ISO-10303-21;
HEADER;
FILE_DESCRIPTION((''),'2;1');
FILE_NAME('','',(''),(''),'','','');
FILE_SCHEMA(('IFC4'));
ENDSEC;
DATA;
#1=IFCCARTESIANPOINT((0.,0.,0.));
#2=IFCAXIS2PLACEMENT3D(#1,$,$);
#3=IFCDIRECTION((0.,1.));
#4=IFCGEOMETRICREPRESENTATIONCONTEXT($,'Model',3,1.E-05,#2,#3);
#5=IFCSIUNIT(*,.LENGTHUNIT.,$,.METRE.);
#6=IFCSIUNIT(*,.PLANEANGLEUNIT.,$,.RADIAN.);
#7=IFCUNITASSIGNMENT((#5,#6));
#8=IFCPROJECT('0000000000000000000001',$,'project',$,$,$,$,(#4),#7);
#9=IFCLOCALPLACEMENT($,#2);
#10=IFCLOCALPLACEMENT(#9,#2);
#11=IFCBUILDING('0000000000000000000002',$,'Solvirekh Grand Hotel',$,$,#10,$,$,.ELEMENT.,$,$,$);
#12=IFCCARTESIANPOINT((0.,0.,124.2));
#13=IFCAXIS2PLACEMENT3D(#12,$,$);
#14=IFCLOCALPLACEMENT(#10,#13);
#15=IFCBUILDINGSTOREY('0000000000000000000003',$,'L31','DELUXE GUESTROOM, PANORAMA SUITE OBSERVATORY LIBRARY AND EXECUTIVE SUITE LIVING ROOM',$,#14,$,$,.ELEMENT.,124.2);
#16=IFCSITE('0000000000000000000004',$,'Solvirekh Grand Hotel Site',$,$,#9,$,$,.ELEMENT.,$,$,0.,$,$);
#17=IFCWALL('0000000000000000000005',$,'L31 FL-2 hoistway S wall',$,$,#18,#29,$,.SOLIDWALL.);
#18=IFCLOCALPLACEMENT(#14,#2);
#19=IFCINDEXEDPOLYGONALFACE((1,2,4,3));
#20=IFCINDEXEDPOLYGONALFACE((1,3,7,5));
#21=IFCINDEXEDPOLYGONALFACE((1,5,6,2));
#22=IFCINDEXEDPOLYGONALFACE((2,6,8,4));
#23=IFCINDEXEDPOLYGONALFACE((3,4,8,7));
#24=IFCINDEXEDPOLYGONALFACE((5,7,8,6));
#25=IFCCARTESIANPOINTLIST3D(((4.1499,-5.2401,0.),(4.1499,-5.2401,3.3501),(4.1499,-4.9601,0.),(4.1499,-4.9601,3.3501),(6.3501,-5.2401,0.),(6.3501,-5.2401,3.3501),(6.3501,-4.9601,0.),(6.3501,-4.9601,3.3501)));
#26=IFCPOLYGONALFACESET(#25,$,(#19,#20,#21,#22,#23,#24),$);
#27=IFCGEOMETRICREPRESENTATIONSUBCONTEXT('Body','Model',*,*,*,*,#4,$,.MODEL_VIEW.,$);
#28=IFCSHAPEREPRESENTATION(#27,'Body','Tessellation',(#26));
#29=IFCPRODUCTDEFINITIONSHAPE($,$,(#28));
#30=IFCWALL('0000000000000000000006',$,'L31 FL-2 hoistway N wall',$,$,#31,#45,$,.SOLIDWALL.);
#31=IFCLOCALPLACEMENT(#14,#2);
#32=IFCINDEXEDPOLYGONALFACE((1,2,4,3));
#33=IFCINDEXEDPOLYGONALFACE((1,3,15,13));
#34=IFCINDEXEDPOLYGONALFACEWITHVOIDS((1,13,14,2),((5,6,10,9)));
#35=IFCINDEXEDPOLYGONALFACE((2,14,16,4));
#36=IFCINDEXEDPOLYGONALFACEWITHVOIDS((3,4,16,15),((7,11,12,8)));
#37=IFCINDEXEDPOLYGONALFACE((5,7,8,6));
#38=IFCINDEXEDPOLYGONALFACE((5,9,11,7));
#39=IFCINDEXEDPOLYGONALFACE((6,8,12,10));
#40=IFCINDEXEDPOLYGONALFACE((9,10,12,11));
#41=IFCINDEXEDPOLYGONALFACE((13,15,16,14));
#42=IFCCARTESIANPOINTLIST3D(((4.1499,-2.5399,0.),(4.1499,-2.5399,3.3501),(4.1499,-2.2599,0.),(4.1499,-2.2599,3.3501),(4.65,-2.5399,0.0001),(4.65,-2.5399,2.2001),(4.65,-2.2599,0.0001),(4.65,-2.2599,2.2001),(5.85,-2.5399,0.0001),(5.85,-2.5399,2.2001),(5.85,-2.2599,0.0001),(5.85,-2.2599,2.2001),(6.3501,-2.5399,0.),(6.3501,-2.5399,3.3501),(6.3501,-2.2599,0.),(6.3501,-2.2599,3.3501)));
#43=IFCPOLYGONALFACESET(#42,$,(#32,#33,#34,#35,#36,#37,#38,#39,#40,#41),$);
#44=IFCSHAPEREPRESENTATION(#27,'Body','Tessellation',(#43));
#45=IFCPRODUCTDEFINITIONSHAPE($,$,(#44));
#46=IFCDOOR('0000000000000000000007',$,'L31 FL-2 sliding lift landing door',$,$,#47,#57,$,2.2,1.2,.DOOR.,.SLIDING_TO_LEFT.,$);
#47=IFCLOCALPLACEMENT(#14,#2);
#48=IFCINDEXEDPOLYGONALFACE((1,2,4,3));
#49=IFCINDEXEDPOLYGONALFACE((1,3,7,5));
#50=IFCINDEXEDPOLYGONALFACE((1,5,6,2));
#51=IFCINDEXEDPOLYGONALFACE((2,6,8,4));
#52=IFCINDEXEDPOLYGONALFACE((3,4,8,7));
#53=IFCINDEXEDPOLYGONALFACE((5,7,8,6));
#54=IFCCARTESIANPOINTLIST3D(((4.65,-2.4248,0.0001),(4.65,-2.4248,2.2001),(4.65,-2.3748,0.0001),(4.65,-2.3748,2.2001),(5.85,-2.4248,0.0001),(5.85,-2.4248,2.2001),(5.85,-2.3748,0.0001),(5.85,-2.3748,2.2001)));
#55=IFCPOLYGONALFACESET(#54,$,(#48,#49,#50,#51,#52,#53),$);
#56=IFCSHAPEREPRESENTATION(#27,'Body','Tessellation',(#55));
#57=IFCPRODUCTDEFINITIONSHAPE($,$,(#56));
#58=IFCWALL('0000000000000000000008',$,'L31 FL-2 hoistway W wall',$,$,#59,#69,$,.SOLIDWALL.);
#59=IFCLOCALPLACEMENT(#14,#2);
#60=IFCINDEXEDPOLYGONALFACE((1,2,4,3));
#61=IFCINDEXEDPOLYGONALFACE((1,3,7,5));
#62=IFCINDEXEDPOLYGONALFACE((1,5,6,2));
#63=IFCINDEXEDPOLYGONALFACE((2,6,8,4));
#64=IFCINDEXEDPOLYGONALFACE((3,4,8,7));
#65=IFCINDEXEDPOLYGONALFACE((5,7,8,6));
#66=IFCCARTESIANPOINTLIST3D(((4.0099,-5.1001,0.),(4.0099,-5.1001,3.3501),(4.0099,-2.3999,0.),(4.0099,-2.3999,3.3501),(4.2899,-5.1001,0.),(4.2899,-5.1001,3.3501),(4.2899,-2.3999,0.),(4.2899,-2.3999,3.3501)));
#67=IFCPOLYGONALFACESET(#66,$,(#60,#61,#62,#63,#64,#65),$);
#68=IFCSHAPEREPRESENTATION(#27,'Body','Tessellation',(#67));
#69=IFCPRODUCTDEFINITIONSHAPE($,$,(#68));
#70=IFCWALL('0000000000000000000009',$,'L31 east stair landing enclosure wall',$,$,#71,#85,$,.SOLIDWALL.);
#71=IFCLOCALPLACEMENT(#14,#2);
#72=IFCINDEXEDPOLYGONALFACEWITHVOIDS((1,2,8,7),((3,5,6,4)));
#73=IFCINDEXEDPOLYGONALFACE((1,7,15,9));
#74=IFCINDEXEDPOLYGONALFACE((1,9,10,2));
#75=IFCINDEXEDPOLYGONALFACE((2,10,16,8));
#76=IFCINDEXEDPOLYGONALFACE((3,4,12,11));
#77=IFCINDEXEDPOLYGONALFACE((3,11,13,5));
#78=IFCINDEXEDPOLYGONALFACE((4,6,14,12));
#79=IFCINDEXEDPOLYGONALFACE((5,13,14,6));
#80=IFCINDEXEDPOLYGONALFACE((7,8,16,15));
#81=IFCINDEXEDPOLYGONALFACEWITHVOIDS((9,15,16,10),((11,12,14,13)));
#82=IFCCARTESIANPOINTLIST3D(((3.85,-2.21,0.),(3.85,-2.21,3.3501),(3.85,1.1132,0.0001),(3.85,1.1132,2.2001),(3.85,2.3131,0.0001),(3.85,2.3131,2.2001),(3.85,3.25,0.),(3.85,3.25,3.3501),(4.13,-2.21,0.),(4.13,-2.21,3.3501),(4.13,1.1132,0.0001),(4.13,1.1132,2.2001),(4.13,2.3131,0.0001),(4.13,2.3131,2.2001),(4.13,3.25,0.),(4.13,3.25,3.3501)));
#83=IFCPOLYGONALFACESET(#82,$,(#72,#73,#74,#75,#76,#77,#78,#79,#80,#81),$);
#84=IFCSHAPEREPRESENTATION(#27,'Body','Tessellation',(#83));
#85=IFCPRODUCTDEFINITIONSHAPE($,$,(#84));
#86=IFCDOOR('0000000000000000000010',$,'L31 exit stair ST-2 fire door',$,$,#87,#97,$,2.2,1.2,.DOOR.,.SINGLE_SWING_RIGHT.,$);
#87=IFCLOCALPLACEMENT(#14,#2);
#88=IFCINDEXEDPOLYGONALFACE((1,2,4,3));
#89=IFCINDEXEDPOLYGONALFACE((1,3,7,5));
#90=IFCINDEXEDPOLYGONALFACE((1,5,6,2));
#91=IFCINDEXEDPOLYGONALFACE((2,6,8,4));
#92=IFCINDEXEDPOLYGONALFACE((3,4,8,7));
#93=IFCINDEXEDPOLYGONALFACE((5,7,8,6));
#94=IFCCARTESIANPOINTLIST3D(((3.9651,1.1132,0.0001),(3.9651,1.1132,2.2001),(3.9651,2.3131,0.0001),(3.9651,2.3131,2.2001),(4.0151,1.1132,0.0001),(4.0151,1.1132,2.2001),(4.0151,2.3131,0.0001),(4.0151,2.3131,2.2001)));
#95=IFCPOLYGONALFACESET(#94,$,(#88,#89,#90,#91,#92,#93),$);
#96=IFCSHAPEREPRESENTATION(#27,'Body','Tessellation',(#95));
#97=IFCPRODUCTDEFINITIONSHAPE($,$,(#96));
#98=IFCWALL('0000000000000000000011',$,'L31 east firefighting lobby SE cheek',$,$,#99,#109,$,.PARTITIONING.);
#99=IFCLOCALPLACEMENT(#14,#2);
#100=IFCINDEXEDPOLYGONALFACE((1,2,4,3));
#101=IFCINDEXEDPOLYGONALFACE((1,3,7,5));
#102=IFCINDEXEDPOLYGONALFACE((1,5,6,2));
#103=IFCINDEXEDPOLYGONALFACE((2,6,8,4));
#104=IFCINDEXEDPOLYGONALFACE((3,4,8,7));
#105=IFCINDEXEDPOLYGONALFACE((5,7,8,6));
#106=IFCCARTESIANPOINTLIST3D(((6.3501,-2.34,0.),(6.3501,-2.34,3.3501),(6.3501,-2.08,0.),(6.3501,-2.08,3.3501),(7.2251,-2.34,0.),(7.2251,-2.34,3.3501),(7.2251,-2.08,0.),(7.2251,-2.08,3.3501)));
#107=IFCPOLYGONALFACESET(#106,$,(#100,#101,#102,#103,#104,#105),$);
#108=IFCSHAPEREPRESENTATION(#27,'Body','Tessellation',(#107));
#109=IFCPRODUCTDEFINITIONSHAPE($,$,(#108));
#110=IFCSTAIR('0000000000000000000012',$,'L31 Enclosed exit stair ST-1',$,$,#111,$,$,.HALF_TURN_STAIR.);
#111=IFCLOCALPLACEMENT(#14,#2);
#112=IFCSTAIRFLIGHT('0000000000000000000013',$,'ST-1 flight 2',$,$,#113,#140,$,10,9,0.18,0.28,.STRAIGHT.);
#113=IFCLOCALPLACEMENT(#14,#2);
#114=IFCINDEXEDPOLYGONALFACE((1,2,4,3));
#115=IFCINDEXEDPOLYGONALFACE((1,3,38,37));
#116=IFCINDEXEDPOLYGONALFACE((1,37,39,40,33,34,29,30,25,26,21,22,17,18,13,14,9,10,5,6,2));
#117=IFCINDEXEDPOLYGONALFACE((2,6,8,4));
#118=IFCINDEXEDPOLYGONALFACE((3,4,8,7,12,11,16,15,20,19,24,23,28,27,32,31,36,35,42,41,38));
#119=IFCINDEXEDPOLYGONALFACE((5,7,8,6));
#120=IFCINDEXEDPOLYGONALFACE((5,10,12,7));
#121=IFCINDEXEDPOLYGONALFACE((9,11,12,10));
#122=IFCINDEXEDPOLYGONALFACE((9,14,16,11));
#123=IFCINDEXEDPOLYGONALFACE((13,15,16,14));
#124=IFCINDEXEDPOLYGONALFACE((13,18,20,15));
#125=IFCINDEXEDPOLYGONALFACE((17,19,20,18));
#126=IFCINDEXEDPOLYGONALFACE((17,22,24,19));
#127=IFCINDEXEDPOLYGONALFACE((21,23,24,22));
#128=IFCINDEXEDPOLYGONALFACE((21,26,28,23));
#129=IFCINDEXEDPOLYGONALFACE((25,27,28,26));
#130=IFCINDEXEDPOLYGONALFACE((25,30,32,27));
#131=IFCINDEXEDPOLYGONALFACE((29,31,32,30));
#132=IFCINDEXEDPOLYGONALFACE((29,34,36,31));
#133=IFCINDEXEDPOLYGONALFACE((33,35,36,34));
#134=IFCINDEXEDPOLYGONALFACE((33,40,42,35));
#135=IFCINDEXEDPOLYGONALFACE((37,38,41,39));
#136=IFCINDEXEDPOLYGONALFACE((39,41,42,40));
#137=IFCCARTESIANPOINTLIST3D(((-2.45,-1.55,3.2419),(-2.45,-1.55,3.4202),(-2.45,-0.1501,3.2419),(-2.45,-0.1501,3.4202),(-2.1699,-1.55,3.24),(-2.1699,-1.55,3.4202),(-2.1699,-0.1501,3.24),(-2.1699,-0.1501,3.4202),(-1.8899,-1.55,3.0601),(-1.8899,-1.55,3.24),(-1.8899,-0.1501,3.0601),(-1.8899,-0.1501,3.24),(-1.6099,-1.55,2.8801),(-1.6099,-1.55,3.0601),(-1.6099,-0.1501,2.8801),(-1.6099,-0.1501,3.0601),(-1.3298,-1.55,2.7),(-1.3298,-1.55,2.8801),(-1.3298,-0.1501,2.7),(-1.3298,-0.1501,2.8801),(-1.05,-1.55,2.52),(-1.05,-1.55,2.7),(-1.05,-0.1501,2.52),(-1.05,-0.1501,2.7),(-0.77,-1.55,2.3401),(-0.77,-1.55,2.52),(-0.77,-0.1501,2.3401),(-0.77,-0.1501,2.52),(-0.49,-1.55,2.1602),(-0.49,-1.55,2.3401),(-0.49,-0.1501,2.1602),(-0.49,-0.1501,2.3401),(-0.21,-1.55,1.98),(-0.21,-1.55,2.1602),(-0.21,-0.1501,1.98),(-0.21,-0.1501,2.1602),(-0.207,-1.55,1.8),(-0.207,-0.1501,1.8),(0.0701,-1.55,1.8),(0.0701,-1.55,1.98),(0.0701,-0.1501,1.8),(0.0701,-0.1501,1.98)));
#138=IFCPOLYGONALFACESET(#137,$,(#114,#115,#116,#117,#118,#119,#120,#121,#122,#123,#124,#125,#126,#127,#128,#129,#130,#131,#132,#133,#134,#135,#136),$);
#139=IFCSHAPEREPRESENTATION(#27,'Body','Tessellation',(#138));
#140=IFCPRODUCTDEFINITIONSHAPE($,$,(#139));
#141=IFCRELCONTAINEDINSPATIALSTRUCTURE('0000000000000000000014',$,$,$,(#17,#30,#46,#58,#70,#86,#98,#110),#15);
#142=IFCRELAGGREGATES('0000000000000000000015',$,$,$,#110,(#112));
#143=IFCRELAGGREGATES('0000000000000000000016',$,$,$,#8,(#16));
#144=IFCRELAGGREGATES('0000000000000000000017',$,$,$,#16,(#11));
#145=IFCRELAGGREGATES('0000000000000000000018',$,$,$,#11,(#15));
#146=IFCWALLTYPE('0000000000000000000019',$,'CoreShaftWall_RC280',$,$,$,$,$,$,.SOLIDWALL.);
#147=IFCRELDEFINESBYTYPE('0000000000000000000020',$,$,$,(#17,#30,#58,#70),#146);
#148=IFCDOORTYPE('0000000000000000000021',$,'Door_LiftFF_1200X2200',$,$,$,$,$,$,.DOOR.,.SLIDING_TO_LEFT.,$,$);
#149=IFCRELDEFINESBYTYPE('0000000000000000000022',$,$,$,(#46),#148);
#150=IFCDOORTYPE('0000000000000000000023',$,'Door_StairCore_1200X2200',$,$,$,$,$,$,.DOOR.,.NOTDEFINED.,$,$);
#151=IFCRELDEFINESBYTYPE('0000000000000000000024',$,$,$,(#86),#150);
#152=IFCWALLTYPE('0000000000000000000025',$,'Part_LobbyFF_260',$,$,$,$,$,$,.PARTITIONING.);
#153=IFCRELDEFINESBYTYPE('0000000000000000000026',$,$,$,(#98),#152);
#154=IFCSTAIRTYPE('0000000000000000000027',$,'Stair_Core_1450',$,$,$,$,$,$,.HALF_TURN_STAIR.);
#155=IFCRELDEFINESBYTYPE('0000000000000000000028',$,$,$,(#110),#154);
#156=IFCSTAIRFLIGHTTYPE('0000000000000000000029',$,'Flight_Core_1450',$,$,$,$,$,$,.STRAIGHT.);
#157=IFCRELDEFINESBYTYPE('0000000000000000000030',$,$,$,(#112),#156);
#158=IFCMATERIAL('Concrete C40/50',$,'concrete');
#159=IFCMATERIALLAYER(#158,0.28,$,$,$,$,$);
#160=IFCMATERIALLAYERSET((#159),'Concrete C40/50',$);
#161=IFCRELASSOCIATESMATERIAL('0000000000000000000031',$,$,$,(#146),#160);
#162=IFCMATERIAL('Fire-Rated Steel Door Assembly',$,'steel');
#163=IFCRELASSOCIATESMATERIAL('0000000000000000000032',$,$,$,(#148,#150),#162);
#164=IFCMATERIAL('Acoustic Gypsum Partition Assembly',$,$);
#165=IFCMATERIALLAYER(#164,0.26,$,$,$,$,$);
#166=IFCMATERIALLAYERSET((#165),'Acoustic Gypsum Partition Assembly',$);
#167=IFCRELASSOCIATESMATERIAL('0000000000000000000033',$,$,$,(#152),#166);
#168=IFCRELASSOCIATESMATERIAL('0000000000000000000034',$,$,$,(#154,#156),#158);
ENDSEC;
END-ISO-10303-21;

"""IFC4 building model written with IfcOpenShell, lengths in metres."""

from ifc_helpers import new_model, si_unit, direction, frame, frame_2d, origin, place, context, subcontext, project, spatial, polyline, rectangle, outline, extrude, material, layer, layer_set, type_object, element, fill, aggregate, save


model = new_model("IFC4")

# Units and contexts
model_context = context("Model", 3, precision=1e-05, world=origin(), true_north=direction((0.0, 1.0)))
body_context = subcontext(model_context, "Body", "Model", "MODEL_VIEW")
ifc_project = project(units=[si_unit("LENGTHUNIT", "METRE"), si_unit("PLANEANGLEUNIT", "RADIAN")], contexts=[model_context])

# Site, building, storey
site_placement = place(None, origin())
site = spatial("IfcSite", under=ifc_project, at=site_placement, Name="Solvirekh Grand Hotel Site", CompositionType="ELEMENT", RefElevation=0.0)
building_placement = place(site_placement, origin())
building = spatial("IfcBuilding", under=site, at=building_placement, Name="Solvirekh Grand Hotel", CompositionType="ELEMENT")
storey_placement = place(building_placement, frame((0.0, 0.0, 124.2)))
storey = spatial("IfcBuildingStorey", under=building, at=storey_placement, Name="L31", Description="DELUXE GUESTROOM, PANORAMA SUITE OBSERVATORY LIBRARY AND EXECUTIVE SUITE LIVING ROOM", CompositionType="ELEMENT", Elevation=124.2)

# Shared definitions
ifc_material_1 = material(Name="Concrete C40/50", Category="concrete")
ifc_layer_1 = layer(ifc_material_1, 0.28)
ifc_layer_set_1 = layer_set([ifc_layer_1], Name="Concrete C40/50")
wall_type_1 = type_object("IfcWallType", Name="CoreShaftWall_RC280", PredefinedType="SOLIDWALL", material=ifc_layer_set_1)

# Shared definitions
ifc_material_2 = material(Name="Fire-Rated Steel Door Assembly", Category="steel")

# Wall
wall_1_placement = place(storey_placement, frame((4.1499, -5.1001, 0.0), z_axis=(0.0, 0.0, 1.0), x_axis=(1.0, 0.0, 0.0)))
element("IfcWall", 1, at=wall_1_placement, inside=storey, type_object=wall_type_1, Name="L31 FL-2 hoistway S wall", PredefinedType="SOLIDWALL", context=body_context, shape_type="SweptSolid", body=[
    extrude(rectangle(XDim=2.2002, YDim=0.28, at=frame_2d((1.1001, 0.0))), origin(), (0.0, 0.0, 1.0), 3.3501),
])

# Wall, opening, door
wall_2_placement = place(storey_placement, frame((6.3501, -2.3999, 0.0), z_axis=(0.0, 0.0, 1.0), x_axis=(-1.0, 0.0, 0.0)))
wall_2 = element("IfcWall", 2, at=wall_2_placement, inside=storey, type_object=wall_type_1, Name="L31 FL-2 hoistway N wall", PredefinedType="SOLIDWALL", context=body_context, shape_type="SweptSolid", body=[
    extrude(rectangle(XDim=2.2002, YDim=0.28, at=frame_2d((1.1001, 0.0))), origin(), (0.0, 0.0, 1.0), 3.3501),
])
opening_1_placement = place(wall_2_placement, frame((0.5, 0.0, 0.0)))
opening_1 = element("IfcOpeningElement", 3, at=opening_1_placement, cuts=wall_2, PredefinedType="OPENING", context=body_context, shape_type="SweptSolid", body=[
    extrude(rectangle(XDim=1.2, YDim=2.2, at=frame_2d((0.6001, 1.1001))), frame((0.0, 0.1499, 0.0), z_axis=(0.0, -1.0, 0.0), x_axis=(1.0, 0.0, 0.0)), (0.0, 0.0, 1.0), 0.3),
])
door_type_1 = type_object("IfcDoorType", Name="Door_LiftFF_1200X2200", OperationType="SLIDING_TO_LEFT", PredefinedType="DOOR", material=ifc_material_2)
door_1_placement = place(opening_1_placement, origin())
door_1 = element("IfcDoor", 4, at=door_1_placement, inside=storey, type_object=door_type_1, Name="L31 FL-2 sliding lift landing door", OperationType="SLIDING_TO_LEFT", OverallHeight=2.2, OverallWidth=1.2, PredefinedType="DOOR", context=body_context, shape_type="SweptSolid", body=[
    extrude(rectangle(XDim=1.2, YDim=2.2, at=frame_2d((0.6001, 1.1001))), frame((0.0, 0.0249, 0.0), z_axis=(0.0, -1.0, 0.0), x_axis=(1.0, 0.0, 0.0)), (0.0, 0.0, 1.0), 0.05),
])
fill(opening_1, door_1)

# Wall
wall_3_placement = place(storey_placement, frame((4.1499, -2.3999, 0.0), z_axis=(0.0, 0.0, 1.0), x_axis=(0.0, -1.0, 0.0)))
element("IfcWall", 5, at=wall_3_placement, inside=storey, type_object=wall_type_1, Name="L31 FL-2 hoistway W wall", PredefinedType="SOLIDWALL", context=body_context, shape_type="SweptSolid", body=[
    extrude(rectangle(XDim=2.7002, YDim=0.28, at=frame_2d((1.3501, 0.0))), origin(), (0.0, 0.0, 1.0), 3.3501),
])

# Wall, opening, door
wall_4_placement = place(storey_placement, frame((3.99, -2.21, 0.0), z_axis=(0.0, 0.0, 1.0), x_axis=(0.0, 1.0, 0.0)))
wall_4 = element("IfcWall", 6, at=wall_4_placement, inside=storey, type_object=wall_type_1, Name="L31 east stair landing enclosure wall", PredefinedType="SOLIDWALL", context=body_context, shape_type="SweptSolid", body=[
    extrude(rectangle(XDim=5.46, YDim=0.28, at=frame_2d((2.73, 0.0))), origin(), (0.0, 0.0, 1.0), 3.3501),
])
opening_2_placement = place(wall_4_placement, frame((3.323, 0.0, 0.0)))
opening_2 = element("IfcOpeningElement", 7, at=opening_2_placement, cuts=wall_4, PredefinedType="OPENING", context=body_context, shape_type="SweptSolid", body=[
    extrude(rectangle(XDim=1.2, YDim=2.2, at=frame_2d((0.6001, 1.1001))), frame((0.0, 0.1499, 0.0), z_axis=(0.0, -1.0, 0.0), x_axis=(1.0, 0.0, 0.0)), (0.0, 0.0, 1.0), 0.3),
])
door_type_2 = type_object("IfcDoorType", Name="Door_StairCore_1200X2200", OperationType="NOTDEFINED", PredefinedType="DOOR", material=ifc_material_2)
door_2_placement = place(opening_2_placement, origin())
door_2 = element("IfcDoor", 8, at=door_2_placement, inside=storey, type_object=door_type_2, Name="L31 exit stair ST-2 fire door", OperationType="SINGLE_SWING_RIGHT", OverallHeight=2.2, OverallWidth=1.2, PredefinedType="DOOR", context=body_context, shape_type="SweptSolid", body=[
    extrude(rectangle(XDim=1.2, YDim=2.2, at=frame_2d((0.6001, 1.1001))), frame((0.0, 0.0249, 0.0), z_axis=(0.0, -1.0, 0.0), x_axis=(1.0, 0.0, 0.0)), (0.0, 0.0, 1.0), 0.05),
])
fill(opening_2, door_2)

# Wall
ifc_material_3 = material(Name="Acoustic Gypsum Partition Assembly")
ifc_layer_2 = layer(ifc_material_3, 0.26)
ifc_layer_set_2 = layer_set([ifc_layer_2], Name="Acoustic Gypsum Partition Assembly")
wall_type_2 = type_object("IfcWallType", Name="Part_LobbyFF_260", PredefinedType="PARTITIONING", material=ifc_layer_set_2)
wall_5_placement = place(storey_placement, frame((6.3501, -2.21, 0.0), z_axis=(0.0, 0.0, 1.0), x_axis=(1.0, 0.0, 0.0)))
element("IfcWall", 9, at=wall_5_placement, inside=storey, type_object=wall_type_2, Name="L31 east firefighting lobby SE cheek", PredefinedType="PARTITIONING", context=body_context, shape_type="SweptSolid", body=[
    extrude(rectangle(XDim=0.875, YDim=0.26, at=frame_2d((0.4375, 0.0))), origin(), (0.0, 0.0, 1.0), 3.3501),
])

# Stair, stair flight
stair_type = type_object("IfcStairType", Name="Stair_Core_1450", PredefinedType="HALF_TURN_STAIR", material=ifc_material_1)
stair_placement = place(storey_placement, origin())
stair = element("IfcStair", 10, at=stair_placement, inside=storey, type_object=stair_type, Name="L31 Enclosed exit stair ST-1", PredefinedType="HALF_TURN_STAIR")
stair_flight_type = type_object("IfcStairFlightType", Name="Flight_Core_1450", PredefinedType="STRAIGHT", material=ifc_material_1)
stair_flight_placement = place(storey_placement, frame((0.0701, -0.8501, 1.8), z_axis=(0.0, 0.0, 1.0), x_axis=(-1.0, 0.0, 0.0)))
stair_flight = element("IfcStairFlight", 11, at=stair_flight_placement, type_object=stair_flight_type, Name="ST-1 flight 2", NumberOfRisers=10, NumberOfTreads=9, PredefinedType="STRAIGHT", RiserHeight=0.18, TreadLength=0.28, context=body_context, shape_type="SweptSolid", body=[
    extrude(outline(polyline([(0.0, 0.0), (0.0, 0.1799), (0.28, 0.1799), (0.28, 0.3601), (0.5601, 0.3601), (0.5601, 0.54), (0.8401, 0.54), (0.8401, 0.72), (1.1201, 0.72), (1.1201, 0.8999), (1.3999, 0.8999), (1.3999, 1.0801), (1.6799, 1.0801), (1.6799, 1.26), (1.96, 1.26), (1.96, 1.4399), (2.24, 1.4399), (2.24, 1.6201), (2.52, 1.6201), (2.52, 1.8), (2.52, 1.4419), (0.2771, 0.0), (0.0, 0.0)])), frame((0.0, 0.7, 0.0), z_axis=(0.0, -1.0, 0.0), x_axis=(1.0, 0.0, 0.0)), (0.0, 0.0, 1.0), 1.3999),
])
aggregate(stair, [stair_flight])

save(model, "model.ifc")
